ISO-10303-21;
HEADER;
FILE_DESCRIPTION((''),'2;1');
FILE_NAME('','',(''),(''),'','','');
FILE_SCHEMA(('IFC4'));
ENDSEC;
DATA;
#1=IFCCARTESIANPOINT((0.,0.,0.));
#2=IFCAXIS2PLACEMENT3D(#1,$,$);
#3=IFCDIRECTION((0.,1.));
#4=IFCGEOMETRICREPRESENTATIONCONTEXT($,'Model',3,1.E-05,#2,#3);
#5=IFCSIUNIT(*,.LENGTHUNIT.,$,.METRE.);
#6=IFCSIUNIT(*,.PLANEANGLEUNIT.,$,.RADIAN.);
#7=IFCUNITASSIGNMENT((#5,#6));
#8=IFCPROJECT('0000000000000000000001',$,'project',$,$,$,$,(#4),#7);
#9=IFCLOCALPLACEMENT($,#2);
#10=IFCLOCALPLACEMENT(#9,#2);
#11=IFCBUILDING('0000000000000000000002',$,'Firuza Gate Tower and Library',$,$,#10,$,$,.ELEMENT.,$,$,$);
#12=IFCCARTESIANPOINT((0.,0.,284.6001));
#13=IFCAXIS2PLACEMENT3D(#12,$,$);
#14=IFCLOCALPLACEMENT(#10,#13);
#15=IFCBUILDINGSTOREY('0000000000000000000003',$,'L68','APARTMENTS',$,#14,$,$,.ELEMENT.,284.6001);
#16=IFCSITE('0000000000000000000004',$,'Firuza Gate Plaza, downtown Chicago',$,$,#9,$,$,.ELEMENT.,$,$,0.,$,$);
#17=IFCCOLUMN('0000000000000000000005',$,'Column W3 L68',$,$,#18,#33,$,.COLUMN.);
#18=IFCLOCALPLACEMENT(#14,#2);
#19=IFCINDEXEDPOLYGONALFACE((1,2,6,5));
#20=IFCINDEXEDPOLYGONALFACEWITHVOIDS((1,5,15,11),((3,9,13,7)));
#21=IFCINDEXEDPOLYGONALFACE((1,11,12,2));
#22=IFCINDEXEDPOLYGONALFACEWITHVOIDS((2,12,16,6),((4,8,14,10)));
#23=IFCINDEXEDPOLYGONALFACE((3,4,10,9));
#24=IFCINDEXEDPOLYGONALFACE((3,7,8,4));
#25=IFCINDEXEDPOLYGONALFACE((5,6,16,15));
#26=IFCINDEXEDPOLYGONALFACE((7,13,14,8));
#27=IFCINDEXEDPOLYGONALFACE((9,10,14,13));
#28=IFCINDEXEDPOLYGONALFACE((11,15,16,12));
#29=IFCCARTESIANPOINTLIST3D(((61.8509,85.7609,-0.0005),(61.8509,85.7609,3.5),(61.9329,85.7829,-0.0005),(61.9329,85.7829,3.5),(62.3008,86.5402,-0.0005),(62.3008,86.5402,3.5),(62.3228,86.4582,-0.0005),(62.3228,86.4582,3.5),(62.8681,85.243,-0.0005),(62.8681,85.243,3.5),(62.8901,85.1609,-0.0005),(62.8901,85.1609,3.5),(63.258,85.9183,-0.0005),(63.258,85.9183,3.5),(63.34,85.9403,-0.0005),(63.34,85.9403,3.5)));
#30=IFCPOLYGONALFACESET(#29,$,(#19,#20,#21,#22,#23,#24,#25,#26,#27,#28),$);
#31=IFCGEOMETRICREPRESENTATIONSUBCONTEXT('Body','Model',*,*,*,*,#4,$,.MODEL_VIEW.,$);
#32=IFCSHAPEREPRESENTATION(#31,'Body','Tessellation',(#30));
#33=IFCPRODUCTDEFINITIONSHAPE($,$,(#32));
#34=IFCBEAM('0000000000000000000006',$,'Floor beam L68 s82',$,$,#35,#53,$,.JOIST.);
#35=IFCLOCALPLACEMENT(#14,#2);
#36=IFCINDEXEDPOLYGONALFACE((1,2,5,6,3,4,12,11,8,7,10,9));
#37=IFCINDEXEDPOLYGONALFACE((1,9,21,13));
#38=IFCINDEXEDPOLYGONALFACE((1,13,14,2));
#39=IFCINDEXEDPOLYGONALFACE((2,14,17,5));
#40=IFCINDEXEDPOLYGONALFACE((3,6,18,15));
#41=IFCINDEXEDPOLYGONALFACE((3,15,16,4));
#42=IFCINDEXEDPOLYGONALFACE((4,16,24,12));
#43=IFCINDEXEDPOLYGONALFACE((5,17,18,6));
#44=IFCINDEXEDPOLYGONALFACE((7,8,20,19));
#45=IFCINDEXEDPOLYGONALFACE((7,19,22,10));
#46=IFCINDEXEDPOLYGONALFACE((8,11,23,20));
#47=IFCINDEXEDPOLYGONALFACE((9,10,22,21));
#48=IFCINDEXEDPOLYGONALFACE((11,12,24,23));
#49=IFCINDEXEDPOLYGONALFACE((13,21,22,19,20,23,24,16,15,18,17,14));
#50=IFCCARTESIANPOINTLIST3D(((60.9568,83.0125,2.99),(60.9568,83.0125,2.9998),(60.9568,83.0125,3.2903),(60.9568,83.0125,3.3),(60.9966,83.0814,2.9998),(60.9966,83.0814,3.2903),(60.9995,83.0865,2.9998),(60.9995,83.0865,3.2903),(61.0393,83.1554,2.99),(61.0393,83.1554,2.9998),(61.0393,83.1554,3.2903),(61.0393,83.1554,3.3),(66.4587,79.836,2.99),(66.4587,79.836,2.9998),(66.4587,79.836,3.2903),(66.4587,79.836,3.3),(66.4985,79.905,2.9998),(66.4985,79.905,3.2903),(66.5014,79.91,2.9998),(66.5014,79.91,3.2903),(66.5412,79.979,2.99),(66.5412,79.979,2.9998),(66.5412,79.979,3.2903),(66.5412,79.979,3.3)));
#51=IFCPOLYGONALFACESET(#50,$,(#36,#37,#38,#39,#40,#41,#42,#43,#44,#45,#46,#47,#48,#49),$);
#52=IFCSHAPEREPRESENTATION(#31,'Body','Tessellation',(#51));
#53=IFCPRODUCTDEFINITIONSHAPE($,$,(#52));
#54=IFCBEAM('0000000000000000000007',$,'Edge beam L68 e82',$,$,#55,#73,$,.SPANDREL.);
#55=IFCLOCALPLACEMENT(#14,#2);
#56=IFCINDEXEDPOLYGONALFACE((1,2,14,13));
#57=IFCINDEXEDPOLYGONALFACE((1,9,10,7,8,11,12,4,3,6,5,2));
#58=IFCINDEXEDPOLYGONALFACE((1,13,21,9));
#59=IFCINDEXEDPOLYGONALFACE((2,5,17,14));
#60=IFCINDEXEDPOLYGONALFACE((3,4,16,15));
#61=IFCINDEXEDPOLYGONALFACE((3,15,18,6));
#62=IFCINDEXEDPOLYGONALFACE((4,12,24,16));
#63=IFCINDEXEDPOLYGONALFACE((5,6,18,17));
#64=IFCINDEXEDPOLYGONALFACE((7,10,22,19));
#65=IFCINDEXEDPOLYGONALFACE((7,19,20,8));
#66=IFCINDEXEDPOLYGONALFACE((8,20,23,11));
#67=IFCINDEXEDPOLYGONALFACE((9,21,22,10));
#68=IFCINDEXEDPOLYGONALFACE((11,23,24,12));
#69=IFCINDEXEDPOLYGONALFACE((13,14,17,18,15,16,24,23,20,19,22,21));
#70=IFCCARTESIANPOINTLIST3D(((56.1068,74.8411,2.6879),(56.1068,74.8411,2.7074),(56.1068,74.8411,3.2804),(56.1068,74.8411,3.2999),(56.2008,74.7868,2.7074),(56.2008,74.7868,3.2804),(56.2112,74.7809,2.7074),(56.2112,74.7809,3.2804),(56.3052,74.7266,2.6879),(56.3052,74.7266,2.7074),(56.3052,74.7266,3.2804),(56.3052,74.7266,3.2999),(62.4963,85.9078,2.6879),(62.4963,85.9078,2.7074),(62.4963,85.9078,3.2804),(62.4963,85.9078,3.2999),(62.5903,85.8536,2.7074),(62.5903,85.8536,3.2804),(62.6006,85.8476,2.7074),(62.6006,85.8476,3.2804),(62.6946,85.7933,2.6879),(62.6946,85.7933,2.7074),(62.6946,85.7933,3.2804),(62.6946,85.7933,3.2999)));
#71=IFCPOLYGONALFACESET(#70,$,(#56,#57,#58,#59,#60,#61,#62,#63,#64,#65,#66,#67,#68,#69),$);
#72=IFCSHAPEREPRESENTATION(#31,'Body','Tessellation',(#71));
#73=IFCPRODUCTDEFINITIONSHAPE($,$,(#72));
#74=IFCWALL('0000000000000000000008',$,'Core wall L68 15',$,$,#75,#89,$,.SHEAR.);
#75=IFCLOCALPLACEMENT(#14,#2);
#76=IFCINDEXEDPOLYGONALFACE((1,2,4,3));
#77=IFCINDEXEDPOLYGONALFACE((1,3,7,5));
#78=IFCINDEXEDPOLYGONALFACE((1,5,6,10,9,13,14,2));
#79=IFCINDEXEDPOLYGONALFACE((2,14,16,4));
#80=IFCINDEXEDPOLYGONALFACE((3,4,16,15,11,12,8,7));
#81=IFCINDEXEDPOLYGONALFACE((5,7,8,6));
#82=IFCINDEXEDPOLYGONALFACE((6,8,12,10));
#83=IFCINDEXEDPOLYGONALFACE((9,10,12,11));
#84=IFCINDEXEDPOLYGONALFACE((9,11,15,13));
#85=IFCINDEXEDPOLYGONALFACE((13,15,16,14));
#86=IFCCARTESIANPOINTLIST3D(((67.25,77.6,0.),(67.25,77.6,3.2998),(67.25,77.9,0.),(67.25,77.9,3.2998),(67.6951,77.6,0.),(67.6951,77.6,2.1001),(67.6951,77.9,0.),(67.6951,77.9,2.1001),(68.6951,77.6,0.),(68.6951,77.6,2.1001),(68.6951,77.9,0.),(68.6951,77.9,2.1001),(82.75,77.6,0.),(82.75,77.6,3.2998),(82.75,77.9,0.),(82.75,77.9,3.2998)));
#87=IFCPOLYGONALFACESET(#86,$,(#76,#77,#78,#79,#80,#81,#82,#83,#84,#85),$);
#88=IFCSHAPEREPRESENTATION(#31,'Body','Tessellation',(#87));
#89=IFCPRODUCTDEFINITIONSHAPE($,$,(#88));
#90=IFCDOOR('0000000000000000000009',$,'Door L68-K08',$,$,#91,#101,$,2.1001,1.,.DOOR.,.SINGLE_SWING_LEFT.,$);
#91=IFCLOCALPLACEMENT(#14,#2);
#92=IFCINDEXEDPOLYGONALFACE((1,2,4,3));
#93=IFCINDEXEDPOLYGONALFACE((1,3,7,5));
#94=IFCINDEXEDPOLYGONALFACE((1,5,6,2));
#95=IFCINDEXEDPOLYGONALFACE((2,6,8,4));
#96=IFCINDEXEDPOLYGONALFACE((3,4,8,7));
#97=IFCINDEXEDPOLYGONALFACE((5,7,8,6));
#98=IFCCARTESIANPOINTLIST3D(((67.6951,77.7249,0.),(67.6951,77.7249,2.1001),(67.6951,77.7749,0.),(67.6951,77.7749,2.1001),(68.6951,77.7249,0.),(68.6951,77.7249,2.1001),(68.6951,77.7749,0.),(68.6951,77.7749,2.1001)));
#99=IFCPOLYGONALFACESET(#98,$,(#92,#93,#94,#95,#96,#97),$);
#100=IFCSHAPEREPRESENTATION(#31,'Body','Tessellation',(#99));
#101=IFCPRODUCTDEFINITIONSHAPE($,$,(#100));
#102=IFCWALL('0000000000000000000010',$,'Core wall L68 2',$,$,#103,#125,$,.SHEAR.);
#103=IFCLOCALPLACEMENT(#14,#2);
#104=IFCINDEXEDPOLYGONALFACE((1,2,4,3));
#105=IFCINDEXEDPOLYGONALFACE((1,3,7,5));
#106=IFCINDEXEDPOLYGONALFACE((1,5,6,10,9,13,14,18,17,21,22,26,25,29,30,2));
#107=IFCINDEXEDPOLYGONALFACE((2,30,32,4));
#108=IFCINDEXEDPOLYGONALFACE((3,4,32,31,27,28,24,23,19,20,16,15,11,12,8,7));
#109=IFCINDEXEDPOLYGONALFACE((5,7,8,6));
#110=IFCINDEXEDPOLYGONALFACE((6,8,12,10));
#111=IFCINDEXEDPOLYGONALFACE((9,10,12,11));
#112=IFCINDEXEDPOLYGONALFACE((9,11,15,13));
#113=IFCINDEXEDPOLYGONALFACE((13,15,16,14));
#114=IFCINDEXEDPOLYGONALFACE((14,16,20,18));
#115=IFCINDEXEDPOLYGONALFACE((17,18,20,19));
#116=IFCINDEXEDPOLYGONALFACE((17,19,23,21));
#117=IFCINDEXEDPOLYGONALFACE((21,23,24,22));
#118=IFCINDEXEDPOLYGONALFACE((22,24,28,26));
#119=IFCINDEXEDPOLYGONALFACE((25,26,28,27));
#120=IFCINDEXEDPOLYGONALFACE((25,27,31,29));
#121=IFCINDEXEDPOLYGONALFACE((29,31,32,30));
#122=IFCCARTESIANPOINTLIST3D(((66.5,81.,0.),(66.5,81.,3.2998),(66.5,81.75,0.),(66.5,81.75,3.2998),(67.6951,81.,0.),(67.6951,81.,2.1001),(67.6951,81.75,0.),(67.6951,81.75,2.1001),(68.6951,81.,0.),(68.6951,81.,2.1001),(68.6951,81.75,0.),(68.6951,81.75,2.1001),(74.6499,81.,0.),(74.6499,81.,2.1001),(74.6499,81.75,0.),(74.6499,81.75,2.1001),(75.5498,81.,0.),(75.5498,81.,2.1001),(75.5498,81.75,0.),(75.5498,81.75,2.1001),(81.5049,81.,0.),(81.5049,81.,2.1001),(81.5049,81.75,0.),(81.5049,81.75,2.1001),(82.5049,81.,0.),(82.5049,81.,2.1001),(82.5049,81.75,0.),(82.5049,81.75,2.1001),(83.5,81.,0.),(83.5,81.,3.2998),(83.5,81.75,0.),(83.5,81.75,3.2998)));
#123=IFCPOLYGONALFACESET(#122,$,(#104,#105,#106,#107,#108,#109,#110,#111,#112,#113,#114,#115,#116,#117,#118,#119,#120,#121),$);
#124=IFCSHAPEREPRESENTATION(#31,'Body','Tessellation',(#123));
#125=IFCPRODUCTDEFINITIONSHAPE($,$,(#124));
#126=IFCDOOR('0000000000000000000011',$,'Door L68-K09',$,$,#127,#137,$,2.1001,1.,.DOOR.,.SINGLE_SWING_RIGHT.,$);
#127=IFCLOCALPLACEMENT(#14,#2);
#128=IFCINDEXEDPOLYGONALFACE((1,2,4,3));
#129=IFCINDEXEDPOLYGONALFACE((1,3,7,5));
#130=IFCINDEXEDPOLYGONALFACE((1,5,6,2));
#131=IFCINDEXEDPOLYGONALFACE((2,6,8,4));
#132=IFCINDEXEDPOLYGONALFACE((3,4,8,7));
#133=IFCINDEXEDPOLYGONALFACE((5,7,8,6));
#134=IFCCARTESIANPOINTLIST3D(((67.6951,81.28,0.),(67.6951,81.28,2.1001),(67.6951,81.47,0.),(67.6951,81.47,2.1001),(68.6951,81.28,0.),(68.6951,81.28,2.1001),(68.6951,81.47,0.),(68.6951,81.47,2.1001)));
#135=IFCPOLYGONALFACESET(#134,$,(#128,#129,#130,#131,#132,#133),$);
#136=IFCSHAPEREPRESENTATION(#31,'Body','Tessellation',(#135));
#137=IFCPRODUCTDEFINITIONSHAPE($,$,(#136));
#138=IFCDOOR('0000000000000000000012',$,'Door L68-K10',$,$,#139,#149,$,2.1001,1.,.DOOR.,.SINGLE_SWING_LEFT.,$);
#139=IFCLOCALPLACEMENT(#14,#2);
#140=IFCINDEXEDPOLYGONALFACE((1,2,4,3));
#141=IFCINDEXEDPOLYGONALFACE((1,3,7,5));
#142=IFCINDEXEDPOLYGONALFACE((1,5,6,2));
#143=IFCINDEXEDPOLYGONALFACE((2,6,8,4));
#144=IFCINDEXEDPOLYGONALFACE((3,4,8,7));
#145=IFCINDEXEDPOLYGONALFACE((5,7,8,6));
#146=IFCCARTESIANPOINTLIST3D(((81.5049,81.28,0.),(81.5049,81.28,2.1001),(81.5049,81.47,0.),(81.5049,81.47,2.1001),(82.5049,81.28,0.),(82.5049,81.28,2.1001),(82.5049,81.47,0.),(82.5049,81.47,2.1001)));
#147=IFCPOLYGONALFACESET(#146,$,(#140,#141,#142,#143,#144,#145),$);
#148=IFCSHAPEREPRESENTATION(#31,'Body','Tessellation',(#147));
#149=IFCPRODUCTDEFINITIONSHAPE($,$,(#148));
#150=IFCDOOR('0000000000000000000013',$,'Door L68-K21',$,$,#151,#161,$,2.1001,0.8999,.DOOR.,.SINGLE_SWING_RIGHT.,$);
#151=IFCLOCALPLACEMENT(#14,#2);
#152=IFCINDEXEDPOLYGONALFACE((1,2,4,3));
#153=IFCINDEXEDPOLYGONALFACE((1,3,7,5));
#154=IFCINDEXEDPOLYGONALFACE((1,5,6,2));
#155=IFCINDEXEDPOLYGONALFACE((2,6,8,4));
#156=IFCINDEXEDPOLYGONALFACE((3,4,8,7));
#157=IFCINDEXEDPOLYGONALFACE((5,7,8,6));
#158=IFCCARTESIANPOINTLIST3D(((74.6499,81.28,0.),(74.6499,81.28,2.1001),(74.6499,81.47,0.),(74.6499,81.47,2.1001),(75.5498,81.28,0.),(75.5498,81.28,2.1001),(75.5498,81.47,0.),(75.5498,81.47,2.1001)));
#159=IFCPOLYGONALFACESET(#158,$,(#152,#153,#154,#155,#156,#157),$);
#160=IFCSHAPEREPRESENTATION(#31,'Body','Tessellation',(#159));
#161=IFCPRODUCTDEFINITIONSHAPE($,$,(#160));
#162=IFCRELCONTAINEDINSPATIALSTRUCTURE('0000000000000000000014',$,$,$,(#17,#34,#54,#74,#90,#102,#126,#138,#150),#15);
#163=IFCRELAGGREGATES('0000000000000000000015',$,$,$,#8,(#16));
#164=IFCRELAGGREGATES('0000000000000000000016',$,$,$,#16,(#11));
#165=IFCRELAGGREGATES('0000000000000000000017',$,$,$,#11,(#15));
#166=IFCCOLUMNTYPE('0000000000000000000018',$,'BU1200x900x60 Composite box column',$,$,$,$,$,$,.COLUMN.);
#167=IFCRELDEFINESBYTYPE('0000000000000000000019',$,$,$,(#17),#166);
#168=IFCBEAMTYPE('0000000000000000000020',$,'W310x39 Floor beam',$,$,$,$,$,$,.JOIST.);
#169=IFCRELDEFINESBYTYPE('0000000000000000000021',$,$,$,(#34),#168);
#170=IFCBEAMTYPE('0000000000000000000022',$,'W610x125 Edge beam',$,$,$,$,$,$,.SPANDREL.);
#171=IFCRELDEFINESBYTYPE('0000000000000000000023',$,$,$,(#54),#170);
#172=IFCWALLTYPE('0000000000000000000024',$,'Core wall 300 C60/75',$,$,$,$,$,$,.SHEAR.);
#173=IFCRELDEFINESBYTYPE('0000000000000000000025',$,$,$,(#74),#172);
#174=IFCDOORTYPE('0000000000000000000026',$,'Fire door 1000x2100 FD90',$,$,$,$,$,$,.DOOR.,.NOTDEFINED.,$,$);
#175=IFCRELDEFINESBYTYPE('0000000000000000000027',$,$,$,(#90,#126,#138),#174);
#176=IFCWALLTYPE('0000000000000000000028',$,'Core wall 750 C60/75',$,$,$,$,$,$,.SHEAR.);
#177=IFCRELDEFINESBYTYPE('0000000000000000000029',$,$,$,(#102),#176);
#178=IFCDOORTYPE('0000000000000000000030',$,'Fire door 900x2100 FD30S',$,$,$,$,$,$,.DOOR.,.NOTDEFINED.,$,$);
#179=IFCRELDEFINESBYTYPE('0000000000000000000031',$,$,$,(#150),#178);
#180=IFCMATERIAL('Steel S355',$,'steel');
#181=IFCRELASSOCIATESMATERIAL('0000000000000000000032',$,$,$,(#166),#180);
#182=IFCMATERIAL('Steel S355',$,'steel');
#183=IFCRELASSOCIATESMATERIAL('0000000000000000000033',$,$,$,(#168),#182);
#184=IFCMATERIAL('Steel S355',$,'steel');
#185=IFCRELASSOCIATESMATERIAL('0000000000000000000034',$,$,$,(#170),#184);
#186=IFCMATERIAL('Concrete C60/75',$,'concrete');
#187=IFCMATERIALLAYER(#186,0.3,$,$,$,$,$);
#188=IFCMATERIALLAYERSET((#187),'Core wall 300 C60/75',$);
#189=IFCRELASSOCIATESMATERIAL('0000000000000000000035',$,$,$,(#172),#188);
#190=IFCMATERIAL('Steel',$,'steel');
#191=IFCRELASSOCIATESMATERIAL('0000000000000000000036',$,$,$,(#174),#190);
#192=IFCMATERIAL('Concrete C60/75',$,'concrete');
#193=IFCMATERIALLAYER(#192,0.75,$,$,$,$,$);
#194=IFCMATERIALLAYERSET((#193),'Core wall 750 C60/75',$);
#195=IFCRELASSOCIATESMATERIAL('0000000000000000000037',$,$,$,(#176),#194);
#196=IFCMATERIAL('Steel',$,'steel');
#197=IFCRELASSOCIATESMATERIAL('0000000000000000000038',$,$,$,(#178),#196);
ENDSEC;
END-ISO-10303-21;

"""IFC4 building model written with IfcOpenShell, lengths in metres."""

from ifc_helpers import new_model, si_unit, direction, frame, frame_2d, origin, origin_2d, place, context, subcontext, project, spatial, rectangle, hollow_rectangle, i_section, extrude, material, layer, layer_set, material_profile, profile_set, type_object, element, fill, save


model = new_model("IFC4")

# Units and contexts
model_context = context("Model", 3, precision=1e-05, world=origin(), true_north=direction((0.0, 1.0)))
body_context = subcontext(model_context, "Body", "Model", "MODEL_VIEW")
ifc_project = project(units=[si_unit("LENGTHUNIT", "METRE"), si_unit("PLANEANGLEUNIT", "RADIAN")], contexts=[model_context])

# Site, building, storey
site_placement = place(None, origin())
site = spatial("IfcSite", under=ifc_project, at=site_placement, Name="Firuza Gate Plaza, downtown Chicago", CompositionType="ELEMENT", RefElevation=0.0)
building_placement = place(site_placement, origin())
building = spatial("IfcBuilding", under=site, at=building_placement, Name="Firuza Gate Tower and Library", CompositionType="ELEMENT")
storey_placement = place(building_placement, frame((0.0, 0.0, 284.6001)))
storey = spatial("IfcBuildingStorey", under=building, at=storey_placement, Name="L68", Description="APARTMENTS", CompositionType="ELEMENT", Elevation=284.6001)

# Column
ifc_material_1 = material(Name="Steel S355", Category="steel")
ifc_material_profile_1 = material_profile(ifc_material_1, hollow_rectangle(XDim=0.8999, YDim=1.2, WallThickness=0.0601, at=origin_2d()))
ifc_profile_set_1 = profile_set([ifc_material_profile_1], Name="Steel S355")
column_type = type_object("IfcColumnType", Name="BU1200x900x60 Composite box column", PredefinedType="COLUMN", material=ifc_profile_set_1)
column_placement = place(storey_placement, frame((62.5955, 85.8506, -0.0005), z_axis=(0.0, 0.0, 1.0), x_axis=(-0.5, -0.866025, 0.0)))
element("IfcColumn", 1, at=column_placement, inside=storey, type_object=column_type, Name="Column W3 L68", PredefinedType="COLUMN", context=body_context, shape_type="SweptSolid", body=[
    extrude(hollow_rectangle(XDim=0.8999, YDim=1.2, WallThickness=0.0601, at=origin_2d()), origin(), (0.0, 0.0, 1.0), 3.5005),
])

# Beams
ifc_material_2 = material(Name="Steel S355", Category="steel")
ifc_material_profile_2 = material_profile(ifc_material_2, i_section(OverallWidth=0.165, OverallDepth=0.3101, WebThickness=0.0059, FlangeThickness=0.0098, at=origin_2d()))
ifc_profile_set_2 = profile_set([ifc_material_profile_2], Name="Steel S355")
beam_type_1 = type_object("IfcBeamType", Name="W310x39 Floor beam", PredefinedType="JOIST", material=ifc_profile_set_2)
beam_1_placement = place(storey_placement, frame((60.998, 83.084, 3.145), z_axis=(0.866028, -0.499995, 0.0), x_axis=(0.499995, 0.866028, 0.0)))
element("IfcBeam", 2, at=beam_1_placement, inside=storey, type_object=beam_type_1, Name="Floor beam L68 s82", PredefinedType="JOIST", context=body_context, shape_type="SweptSolid", body=[
    extrude(i_section(OverallWidth=0.165, OverallDepth=0.3101, WebThickness=0.0059, FlangeThickness=0.0098, at=origin_2d()), origin(), (0.0, 0.0, 1.0), 6.353),
])
ifc_material_3 = material(Name="Steel S355", Category="steel")
ifc_material_profile_3 = material_profile(ifc_material_3, i_section(OverallWidth=0.229, OverallDepth=0.6121, WebThickness=0.012, FlangeThickness=0.0195, at=origin_2d()))
ifc_profile_set_3 = profile_set([ifc_material_profile_3], Name="Steel S355")
beam_type_2 = type_object("IfcBeamType", Name="W610x125 Edge beam", PredefinedType="SPANDREL", material=ifc_profile_set_3)
beam_2_placement = place(storey_placement, frame((62.5955, 85.8506, 2.9939), z_axis=(-0.500004, -0.866023, 0.0), x_axis=(0.866023, -0.500004, 0.0)))
element("IfcBeam", 3, at=beam_2_placement, inside=storey, type_object=beam_type_2, Name="Edge beam L68 e82", PredefinedType="SPANDREL", context=body_context, shape_type="SweptSolid", body=[
    extrude(i_section(OverallWidth=0.229, OverallDepth=0.6121, WebThickness=0.012, FlangeThickness=0.0195, at=origin_2d()), origin(), (0.0, 0.0, 1.0), 12.7788),
])

# Wall, opening, door
ifc_material_4 = material(Name="Concrete C60/75", Category="concrete")
ifc_layer_1 = layer(ifc_material_4, 0.3)
ifc_layer_set_1 = layer_set([ifc_layer_1], Name="Core wall 300 C60/75")
wall_type_1 = type_object("IfcWallType", Name="Core wall 300 C60/75", PredefinedType="SHEAR", material=ifc_layer_set_1)
wall_1_placement = place(storey_placement, frame((67.25, 77.75, 0.0), z_axis=(0.0, 0.0, 1.0), x_axis=(1.0, 0.0, 0.0)))
wall_1 = element("IfcWall", 4, at=wall_1_placement, inside=storey, type_object=wall_type_1, Name="Core wall L68 15", PredefinedType="SHEAR", context=body_context, shape_type="SweptSolid", body=[
    extrude(rectangle(XDim=15.5, YDim=0.3, at=frame_2d((7.75, 0.0))), origin(), (0.0, 0.0, 1.0), 3.2998),
])
opening_1_placement = place(wall_1_placement, frame((0.4451, 0.0, 0.0)))
opening_1 = element("IfcOpeningElement", 5, at=opening_1_placement, cuts=wall_1, PredefinedType="OPENING", context=body_context, shape_type="SweptSolid", body=[
    extrude(rectangle(XDim=1.0, YDim=2.1001, at=frame_2d((0.5, 1.05))), frame((0.0, 0.1602, 0.0), z_axis=(0.0, -1.0, 0.0), x_axis=(1.0, 0.0, 0.0)), (0.0, 0.0, 1.0), 0.3201),
])
ifc_material_5 = material(Name="Steel", Category="steel")
door_type_1 = type_object("IfcDoorType", Name="Fire door 1000x2100 FD90", OperationType="NOTDEFINED", PredefinedType="DOOR", material=ifc_material_5)
door_1_placement = place(opening_1_placement, origin())
door_1 = element("IfcDoor", 6, at=door_1_placement, inside=storey, type_object=door_type_1, Name="Door L68-K08", OperationType="SINGLE_SWING_LEFT", OverallHeight=2.1001, OverallWidth=1.0, PredefinedType="DOOR", context=body_context, shape_type="SweptSolid", body=[
    extrude(rectangle(XDim=1.0, YDim=2.1001, at=frame_2d((0.5, 1.05))), frame((0.0, 0.0249, 0.0), z_axis=(0.0, -1.0, 0.0), x_axis=(1.0, 0.0, 0.0)), (0.0, 0.0, 1.0), 0.05),
])
fill(opening_1, door_1)

# Wall, openings, doors
ifc_material_6 = material(Name="Concrete C60/75", Category="concrete")
ifc_layer_2 = layer(ifc_material_6, 0.75)
ifc_layer_set_2 = layer_set([ifc_layer_2], Name="Core wall 750 C60/75")
wall_type_2 = type_object("IfcWallType", Name="Core wall 750 C60/75", PredefinedType="SHEAR", material=ifc_layer_set_2)
wall_2_placement = place(storey_placement, frame((66.5, 81.375, 0.0), z_axis=(0.0, 0.0, 1.0), x_axis=(1.0, 0.0, 0.0)))
wall_2 = element("IfcWall", 7, at=wall_2_placement, inside=storey, type_object=wall_type_2, Name="Core wall L68 2", PredefinedType="SHEAR", context=body_context, shape_type="SweptSolid", body=[
    extrude(rectangle(XDim=17.0, YDim=0.75, at=frame_2d((8.5, 0.0))), origin(), (0.0, 0.0, 1.0), 3.2998),
])
opening_2_placement = place(wall_2_placement, frame((1.1951, 0.0, 0.0)))
opening_2 = element("IfcOpeningElement", 8, at=opening_2_placement, cuts=wall_2, PredefinedType="OPENING", context=body_context, shape_type="SweptSolid", body=[
    extrude(rectangle(XDim=1.0, YDim=2.1001, at=frame_2d((0.5, 1.05))), frame((0.0, 0.385, 0.0), z_axis=(0.0, -1.0, 0.0), x_axis=(1.0, 0.0, 0.0)), (0.0, 0.0, 1.0), 0.77),
])
opening_3_placement = place(wall_2_placement, frame((15.0049, 0.0, 0.0)))
opening_3 = element("IfcOpeningElement", 9, at=opening_3_placement, cuts=wall_2, PredefinedType="OPENING", context=body_context, shape_type="SweptSolid", body=[
    extrude(rectangle(XDim=1.0, YDim=2.1001, at=frame_2d((0.5, 1.05))), frame((0.0, 0.385, 0.0), z_axis=(0.0, -1.0, 0.0), x_axis=(1.0, 0.0, 0.0)), (0.0, 0.0, 1.0), 0.77),
])
opening_4_placement = place(wall_2_placement, frame((8.1499, 0.0, 0.0)))
opening_4 = element("IfcOpeningElement", 10, at=opening_4_placement, cuts=wall_2, PredefinedType="OPENING", context=body_context, shape_type="SweptSolid", body=[
    extrude(rectangle(XDim=0.8999, YDim=2.1001, at=frame_2d((0.45, 1.05))), frame((0.0, 0.385, 0.0), z_axis=(0.0, -1.0, 0.0), x_axis=(1.0, 0.0, 0.0)), (0.0, 0.0, 1.0), 0.77),
])
door_2_placement = place(opening_2_placement, origin())
door_2 = element("IfcDoor", 11, at=door_2_placement, inside=storey, type_object=door_type_1, Name="Door L68-K09", OperationType="SINGLE_SWING_RIGHT", OverallHeight=2.1001, OverallWidth=1.0, PredefinedType="DOOR", context=body_context, shape_type="SweptSolid", body=[
    extrude(rectangle(XDim=1.0, YDim=2.1001, at=frame_2d((0.5, 1.05))), frame((0.0, 0.095, 0.0), z_axis=(0.0, -1.0, 0.0), x_axis=(1.0, 0.0, 0.0)), (0.0, 0.0, 1.0), 0.1899),
])
fill(opening_2, door_2)
door_3_placement = place(opening_3_placement, origin())
door_3 = element("IfcDoor", 12, at=door_3_placement, inside=storey, type_object=door_type_1, Name="Door L68-K10", OperationType="SINGLE_SWING_LEFT", OverallHeight=2.1001, OverallWidth=1.0, PredefinedType="DOOR", context=body_context, shape_type="SweptSolid", body=[
    extrude(rectangle(XDim=1.0, YDim=2.1001, at=frame_2d((0.5, 1.05))), frame((0.0, 0.095, 0.0), z_axis=(0.0, -1.0, 0.0), x_axis=(1.0, 0.0, 0.0)), (0.0, 0.0, 1.0), 0.1899),
])
fill(opening_3, door_3)
ifc_material_7 = material(Name="Steel", Category="steel")
door_type_2 = type_object("IfcDoorType", Name="Fire door 900x2100 FD30S", OperationType="NOTDEFINED", PredefinedType="DOOR", material=ifc_material_7)
door_4_placement = place(opening_4_placement, origin())
door_4 = element("IfcDoor", 13, at=door_4_placement, inside=storey, type_object=door_type_2, Name="Door L68-K21", OperationType="SINGLE_SWING_RIGHT", OverallHeight=2.1001, OverallWidth=0.8999, PredefinedType="DOOR", context=body_context, shape_type="SweptSolid", body=[
    extrude(rectangle(XDim=0.8999, YDim=2.1001, at=frame_2d((0.45, 1.05))), frame((0.0, 0.095, 0.0), z_axis=(0.0, -1.0, 0.0), x_axis=(1.0, 0.0, 0.0)), (0.0, 0.0, 1.0), 0.1899),
])
fill(opening_4, door_4)

save(model, "model.ifc")
